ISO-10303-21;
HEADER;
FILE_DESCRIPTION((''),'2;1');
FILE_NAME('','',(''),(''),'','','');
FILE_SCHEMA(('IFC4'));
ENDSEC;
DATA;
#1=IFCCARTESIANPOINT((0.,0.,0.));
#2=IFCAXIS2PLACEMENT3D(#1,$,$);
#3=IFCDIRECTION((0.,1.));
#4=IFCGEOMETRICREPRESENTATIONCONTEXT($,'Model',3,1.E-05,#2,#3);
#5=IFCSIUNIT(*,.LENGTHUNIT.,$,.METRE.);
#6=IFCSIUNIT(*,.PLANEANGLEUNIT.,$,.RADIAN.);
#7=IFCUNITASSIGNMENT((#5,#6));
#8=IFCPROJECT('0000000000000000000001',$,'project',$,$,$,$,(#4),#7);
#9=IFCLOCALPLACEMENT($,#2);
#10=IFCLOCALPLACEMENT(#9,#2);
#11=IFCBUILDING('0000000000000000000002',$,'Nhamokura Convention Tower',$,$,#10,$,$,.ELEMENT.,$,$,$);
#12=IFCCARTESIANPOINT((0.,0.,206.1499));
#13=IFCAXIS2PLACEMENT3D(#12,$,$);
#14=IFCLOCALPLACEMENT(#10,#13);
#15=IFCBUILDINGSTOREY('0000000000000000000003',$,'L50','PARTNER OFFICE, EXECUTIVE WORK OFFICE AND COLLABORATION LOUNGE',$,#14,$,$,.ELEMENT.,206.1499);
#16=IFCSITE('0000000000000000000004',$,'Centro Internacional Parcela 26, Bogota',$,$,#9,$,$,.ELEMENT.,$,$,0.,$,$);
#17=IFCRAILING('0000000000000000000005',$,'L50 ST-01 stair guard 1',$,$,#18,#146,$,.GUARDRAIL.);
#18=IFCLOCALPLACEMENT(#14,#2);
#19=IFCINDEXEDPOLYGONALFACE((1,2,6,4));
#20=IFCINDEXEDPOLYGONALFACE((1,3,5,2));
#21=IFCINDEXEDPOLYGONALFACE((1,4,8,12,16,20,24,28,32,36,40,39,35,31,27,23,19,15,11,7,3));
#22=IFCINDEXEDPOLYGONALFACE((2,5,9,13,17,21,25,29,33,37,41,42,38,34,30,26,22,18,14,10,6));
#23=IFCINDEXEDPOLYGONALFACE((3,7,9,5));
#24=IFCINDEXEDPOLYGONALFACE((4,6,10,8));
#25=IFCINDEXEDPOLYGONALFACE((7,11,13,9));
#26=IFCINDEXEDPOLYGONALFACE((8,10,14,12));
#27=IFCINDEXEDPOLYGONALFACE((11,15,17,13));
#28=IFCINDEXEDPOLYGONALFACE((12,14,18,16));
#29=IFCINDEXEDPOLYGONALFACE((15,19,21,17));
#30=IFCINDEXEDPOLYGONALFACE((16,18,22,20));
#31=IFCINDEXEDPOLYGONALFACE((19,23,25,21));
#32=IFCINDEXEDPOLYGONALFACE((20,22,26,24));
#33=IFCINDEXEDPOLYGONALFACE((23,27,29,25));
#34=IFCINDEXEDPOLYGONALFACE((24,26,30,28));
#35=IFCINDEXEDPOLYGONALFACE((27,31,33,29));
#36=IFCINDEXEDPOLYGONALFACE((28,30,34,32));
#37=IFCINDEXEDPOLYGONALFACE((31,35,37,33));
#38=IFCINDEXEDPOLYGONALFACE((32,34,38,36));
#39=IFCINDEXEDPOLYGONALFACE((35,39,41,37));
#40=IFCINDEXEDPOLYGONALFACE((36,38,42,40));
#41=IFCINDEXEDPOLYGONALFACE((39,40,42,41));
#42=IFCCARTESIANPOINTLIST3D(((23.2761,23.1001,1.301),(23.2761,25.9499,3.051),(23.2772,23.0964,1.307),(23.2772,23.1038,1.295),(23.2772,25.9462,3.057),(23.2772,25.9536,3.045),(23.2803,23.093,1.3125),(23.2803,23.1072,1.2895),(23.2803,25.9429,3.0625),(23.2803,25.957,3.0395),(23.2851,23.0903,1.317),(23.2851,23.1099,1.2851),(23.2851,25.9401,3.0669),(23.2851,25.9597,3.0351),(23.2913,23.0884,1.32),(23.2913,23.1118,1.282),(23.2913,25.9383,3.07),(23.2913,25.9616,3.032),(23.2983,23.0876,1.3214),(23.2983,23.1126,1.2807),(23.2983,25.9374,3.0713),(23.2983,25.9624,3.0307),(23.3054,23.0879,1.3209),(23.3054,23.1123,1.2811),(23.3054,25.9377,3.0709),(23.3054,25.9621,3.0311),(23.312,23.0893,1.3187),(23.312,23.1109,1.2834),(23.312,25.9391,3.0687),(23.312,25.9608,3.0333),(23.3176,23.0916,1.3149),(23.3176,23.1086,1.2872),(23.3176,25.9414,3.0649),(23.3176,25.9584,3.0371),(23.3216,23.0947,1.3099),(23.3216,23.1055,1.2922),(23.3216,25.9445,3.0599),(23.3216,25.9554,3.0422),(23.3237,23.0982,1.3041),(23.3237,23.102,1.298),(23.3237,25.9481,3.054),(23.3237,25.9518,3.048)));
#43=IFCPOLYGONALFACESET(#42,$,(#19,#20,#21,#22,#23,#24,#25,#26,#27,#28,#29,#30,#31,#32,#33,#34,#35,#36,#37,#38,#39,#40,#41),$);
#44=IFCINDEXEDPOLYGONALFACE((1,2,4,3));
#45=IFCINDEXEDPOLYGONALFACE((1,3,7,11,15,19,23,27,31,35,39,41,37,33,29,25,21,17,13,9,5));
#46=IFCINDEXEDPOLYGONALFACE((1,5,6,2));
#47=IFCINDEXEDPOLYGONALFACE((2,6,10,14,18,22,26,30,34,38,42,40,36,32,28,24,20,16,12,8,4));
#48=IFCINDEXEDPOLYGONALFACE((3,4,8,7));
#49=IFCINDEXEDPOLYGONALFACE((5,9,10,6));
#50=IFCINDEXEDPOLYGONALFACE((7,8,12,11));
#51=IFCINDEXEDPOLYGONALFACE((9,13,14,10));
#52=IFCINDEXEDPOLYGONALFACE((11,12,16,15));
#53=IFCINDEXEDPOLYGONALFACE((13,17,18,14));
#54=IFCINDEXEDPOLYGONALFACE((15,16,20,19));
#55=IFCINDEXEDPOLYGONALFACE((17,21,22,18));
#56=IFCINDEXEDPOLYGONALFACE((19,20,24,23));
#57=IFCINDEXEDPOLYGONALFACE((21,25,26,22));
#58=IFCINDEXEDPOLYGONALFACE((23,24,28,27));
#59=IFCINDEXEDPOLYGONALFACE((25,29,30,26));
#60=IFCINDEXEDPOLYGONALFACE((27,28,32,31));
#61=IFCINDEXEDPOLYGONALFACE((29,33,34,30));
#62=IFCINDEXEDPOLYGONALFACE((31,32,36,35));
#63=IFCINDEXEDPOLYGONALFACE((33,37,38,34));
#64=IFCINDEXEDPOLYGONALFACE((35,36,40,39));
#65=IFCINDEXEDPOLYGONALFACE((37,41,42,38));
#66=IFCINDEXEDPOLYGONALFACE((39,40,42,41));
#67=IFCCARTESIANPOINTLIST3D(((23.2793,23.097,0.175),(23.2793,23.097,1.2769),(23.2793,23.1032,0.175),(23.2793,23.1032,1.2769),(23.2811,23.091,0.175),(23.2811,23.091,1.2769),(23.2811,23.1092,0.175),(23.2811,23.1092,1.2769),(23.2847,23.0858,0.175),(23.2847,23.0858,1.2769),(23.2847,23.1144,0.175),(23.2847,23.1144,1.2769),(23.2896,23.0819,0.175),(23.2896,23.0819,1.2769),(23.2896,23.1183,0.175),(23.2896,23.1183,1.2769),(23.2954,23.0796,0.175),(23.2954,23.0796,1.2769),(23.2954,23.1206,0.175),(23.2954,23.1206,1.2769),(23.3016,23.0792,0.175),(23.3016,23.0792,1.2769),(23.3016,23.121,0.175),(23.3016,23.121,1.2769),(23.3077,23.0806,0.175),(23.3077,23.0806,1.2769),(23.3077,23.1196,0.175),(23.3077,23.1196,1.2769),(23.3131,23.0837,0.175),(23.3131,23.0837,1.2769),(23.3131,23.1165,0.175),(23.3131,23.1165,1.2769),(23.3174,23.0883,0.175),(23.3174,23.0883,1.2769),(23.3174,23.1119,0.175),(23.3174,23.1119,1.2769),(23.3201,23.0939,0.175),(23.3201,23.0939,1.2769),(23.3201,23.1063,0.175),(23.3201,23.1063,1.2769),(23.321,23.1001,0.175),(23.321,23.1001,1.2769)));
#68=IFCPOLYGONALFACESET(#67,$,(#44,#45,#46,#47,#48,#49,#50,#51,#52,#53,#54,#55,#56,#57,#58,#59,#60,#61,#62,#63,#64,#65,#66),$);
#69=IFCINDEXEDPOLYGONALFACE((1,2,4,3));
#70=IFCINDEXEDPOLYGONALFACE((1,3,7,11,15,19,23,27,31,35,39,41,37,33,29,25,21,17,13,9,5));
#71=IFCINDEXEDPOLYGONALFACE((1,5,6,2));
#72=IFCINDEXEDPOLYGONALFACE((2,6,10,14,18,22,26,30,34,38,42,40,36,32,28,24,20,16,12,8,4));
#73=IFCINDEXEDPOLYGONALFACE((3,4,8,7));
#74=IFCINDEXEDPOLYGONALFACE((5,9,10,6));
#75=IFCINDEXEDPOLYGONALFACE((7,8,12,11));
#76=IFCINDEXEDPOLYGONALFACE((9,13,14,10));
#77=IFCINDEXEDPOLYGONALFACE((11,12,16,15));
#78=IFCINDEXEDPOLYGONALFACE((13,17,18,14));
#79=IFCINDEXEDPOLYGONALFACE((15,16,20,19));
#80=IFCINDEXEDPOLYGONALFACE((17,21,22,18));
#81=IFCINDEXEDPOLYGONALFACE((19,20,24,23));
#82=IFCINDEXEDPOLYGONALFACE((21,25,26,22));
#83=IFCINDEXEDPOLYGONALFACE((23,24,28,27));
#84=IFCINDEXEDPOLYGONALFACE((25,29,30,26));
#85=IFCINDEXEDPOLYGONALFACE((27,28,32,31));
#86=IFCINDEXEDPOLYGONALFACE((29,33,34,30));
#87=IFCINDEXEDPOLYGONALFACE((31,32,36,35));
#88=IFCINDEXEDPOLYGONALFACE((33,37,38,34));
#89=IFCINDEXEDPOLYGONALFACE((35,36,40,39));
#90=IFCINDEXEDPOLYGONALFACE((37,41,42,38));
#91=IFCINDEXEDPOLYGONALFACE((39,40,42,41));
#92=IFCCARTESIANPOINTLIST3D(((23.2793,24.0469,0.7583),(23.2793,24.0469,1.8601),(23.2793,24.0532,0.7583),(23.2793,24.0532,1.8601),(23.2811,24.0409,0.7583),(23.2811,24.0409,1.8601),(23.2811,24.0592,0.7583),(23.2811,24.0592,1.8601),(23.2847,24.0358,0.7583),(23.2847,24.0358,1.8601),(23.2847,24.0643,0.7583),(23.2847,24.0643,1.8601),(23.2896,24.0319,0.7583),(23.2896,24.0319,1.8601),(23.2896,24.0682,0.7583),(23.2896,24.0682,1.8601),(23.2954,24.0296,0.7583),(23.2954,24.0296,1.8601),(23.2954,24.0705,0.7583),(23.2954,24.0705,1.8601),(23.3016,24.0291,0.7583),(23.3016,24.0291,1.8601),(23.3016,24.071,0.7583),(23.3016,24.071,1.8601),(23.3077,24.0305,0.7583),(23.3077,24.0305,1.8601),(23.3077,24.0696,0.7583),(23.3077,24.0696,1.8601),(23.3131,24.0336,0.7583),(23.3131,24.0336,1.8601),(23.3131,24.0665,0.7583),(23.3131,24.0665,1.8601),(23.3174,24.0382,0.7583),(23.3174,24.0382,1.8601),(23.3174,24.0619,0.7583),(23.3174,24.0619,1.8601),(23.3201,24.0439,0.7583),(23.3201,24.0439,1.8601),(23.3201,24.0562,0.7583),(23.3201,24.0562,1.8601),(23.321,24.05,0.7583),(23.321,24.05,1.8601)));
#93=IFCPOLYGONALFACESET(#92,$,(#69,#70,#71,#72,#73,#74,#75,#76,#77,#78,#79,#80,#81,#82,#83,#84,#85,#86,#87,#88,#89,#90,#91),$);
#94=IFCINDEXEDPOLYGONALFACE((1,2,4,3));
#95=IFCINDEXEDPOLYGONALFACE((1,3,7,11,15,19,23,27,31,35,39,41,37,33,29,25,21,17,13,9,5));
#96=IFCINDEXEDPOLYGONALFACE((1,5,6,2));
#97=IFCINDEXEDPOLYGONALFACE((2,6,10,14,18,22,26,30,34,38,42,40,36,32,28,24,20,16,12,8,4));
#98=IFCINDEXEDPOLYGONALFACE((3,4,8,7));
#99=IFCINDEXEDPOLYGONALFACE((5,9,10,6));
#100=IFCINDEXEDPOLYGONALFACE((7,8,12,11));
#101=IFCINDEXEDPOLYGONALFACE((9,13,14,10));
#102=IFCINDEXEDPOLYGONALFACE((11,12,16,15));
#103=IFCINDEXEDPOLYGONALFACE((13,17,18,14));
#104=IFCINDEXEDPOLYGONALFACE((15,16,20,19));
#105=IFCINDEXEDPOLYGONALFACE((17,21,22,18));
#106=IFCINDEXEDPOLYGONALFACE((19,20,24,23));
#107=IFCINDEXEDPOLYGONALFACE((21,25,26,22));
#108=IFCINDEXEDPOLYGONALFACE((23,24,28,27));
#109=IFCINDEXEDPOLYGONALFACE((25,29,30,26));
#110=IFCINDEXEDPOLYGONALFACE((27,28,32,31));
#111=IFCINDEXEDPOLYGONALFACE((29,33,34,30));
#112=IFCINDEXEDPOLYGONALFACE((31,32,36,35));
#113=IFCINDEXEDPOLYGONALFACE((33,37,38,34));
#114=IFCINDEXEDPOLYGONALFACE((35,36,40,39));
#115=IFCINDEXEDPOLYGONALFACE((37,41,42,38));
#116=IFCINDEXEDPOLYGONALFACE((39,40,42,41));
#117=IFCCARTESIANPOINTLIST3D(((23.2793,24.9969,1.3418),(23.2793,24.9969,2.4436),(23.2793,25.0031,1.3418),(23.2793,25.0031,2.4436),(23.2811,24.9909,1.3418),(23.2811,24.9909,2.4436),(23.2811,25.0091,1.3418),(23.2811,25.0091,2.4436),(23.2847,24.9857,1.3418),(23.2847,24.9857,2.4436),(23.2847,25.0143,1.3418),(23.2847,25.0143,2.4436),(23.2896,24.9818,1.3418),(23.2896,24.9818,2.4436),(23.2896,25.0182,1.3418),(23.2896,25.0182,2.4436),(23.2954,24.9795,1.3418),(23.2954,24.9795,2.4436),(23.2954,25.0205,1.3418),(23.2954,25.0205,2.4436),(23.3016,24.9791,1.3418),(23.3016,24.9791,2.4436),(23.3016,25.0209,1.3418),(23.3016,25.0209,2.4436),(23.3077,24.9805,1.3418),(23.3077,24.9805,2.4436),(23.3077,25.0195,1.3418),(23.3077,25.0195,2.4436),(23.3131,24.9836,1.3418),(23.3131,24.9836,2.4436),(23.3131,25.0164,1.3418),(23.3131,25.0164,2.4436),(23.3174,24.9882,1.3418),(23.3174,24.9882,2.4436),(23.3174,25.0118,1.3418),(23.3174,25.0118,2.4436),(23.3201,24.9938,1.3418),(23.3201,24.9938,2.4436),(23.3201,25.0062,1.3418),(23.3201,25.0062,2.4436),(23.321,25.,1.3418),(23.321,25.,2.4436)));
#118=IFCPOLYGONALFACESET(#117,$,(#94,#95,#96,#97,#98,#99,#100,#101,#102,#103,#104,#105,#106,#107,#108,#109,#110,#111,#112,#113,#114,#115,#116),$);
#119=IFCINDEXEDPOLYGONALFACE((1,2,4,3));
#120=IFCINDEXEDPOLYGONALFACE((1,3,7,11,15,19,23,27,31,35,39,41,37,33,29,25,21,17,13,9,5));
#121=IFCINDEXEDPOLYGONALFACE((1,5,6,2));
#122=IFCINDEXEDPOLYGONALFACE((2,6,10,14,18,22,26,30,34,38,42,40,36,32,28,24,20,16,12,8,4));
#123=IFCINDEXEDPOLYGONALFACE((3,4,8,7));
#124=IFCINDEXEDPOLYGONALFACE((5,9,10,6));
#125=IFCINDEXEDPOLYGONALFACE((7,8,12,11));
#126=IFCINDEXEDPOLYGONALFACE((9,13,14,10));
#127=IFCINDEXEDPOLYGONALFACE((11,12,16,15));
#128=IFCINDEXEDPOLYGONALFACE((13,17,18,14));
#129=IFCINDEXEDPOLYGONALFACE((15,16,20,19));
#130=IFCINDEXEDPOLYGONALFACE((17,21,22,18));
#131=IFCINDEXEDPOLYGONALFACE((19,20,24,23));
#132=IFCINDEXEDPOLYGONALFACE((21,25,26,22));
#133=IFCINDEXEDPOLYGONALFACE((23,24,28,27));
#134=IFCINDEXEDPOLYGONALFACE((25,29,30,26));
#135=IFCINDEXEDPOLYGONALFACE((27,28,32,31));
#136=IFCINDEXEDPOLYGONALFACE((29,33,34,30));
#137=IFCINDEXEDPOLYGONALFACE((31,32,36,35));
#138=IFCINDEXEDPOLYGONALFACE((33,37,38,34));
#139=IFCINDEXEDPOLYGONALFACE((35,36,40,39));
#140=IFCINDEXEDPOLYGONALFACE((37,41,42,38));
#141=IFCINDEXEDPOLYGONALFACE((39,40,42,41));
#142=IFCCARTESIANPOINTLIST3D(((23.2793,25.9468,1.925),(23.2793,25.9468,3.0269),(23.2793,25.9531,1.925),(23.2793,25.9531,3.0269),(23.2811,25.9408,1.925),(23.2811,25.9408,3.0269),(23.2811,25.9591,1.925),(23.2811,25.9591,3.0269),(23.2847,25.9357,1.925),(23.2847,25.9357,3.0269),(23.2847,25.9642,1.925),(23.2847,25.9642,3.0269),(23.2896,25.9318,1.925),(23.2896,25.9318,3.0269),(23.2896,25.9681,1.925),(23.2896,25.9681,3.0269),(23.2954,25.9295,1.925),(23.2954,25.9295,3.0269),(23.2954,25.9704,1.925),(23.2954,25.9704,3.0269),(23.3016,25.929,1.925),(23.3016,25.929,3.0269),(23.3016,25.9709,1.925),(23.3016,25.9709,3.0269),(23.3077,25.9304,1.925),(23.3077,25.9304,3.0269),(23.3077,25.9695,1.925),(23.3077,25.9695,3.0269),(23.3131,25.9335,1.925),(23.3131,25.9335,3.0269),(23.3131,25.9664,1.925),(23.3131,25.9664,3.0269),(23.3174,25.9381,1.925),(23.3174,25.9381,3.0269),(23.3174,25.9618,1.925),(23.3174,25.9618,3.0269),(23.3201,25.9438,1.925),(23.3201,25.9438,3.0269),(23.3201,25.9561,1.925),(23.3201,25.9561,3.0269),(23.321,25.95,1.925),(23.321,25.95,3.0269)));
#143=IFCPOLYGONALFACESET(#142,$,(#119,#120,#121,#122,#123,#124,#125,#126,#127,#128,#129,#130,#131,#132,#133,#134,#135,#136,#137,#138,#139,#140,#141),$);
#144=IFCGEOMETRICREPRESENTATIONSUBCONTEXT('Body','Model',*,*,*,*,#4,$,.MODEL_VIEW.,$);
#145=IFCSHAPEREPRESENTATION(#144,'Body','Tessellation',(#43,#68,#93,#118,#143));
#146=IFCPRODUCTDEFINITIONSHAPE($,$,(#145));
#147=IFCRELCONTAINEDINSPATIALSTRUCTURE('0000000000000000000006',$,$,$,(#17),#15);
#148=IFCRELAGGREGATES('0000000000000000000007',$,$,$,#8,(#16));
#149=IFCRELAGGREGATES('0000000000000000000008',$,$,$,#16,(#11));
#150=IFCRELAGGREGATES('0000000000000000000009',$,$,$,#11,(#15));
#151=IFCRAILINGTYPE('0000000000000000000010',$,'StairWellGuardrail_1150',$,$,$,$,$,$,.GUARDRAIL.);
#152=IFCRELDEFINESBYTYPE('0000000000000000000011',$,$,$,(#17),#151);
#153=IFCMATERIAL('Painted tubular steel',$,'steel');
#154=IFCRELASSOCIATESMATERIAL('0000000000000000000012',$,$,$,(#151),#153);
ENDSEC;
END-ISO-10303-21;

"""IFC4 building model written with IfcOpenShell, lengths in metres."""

from ifc_helpers import new_model, si_unit, direction, frame, origin, origin_2d, place, context, subcontext, project, spatial, circle, extrude, material, type_object, element, save


model = new_model("IFC4")

# Units and contexts
model_context = context("Model", 3, precision=1e-05, world=origin(), true_north=direction((0.0, 1.0)))
body_context = subcontext(model_context, "Body", "Model", "MODEL_VIEW")
ifc_project = project(units=[si_unit("LENGTHUNIT", "METRE"), si_unit("PLANEANGLEUNIT", "RADIAN")], contexts=[model_context])

# Site, building, storey
site_placement = place(None, origin())
site = spatial("IfcSite", under=ifc_project, at=site_placement, Name="Centro Internacional Parcela 26, Bogota", CompositionType="ELEMENT", RefElevation=0.0)
building_placement = place(site_placement, origin())
building = spatial("IfcBuilding", under=site, at=building_placement, Name="Nhamokura Convention Tower", CompositionType="ELEMENT")
storey_placement = place(building_placement, frame((0.0, 0.0, 206.1499)))
storey = spatial("IfcBuildingStorey", under=building, at=storey_placement, Name="L50", Description="PARTNER OFFICE, EXECUTIVE WORK OFFICE AND COLLABORATION LOUNGE", CompositionType="ELEMENT", Elevation=206.1499)

# Railing
ifc_material_1 = material(Name="Painted tubular steel", Category="steel")
railing_type_1 = type_object("IfcRailingType", Name="StairWellGuardrail_1150", PredefinedType="GUARDRAIL", material=ifc_material_1)
railing_1_placement = place(storey_placement, frame((23.3, 23.1001, 0.175)))
element("IfcRailing", 1, at=railing_1_placement, inside=storey, type_object=railing_type_1, Name="L50 ST-01 stair guard 1", PredefinedType="GUARDRAIL", context=body_context, shape_type="SweptSolid", body=[
    extrude(circle(Radius=0.0239, at=origin_2d()), frame((0.0, 0.0, 1.126), z_axis=(0.0, 0.852159, 0.523283), x_axis=(-1.0, 0.0, 0.0)), (0.0, 0.0, 1.0), 3.3442),
    extrude(circle(Radius=0.021, at=origin_2d()), origin(), (0.0, 0.0, 1.0), 1.1018),
    extrude(circle(Radius=0.021, at=origin_2d()), frame((0.0, 0.95, 0.5833)), (0.0, 0.0, 1.0), 1.1018),
    extrude(circle(Radius=0.021, at=origin_2d()), frame((0.0, 1.8999, 1.1667)), (0.0, 0.0, 1.0), 1.1018),
    extrude(circle(Radius=0.021, at=origin_2d()), frame((0.0, 2.8499, 1.75)), (0.0, 0.0, 1.0), 1.1018),
])

save(model, "model.ifc")
